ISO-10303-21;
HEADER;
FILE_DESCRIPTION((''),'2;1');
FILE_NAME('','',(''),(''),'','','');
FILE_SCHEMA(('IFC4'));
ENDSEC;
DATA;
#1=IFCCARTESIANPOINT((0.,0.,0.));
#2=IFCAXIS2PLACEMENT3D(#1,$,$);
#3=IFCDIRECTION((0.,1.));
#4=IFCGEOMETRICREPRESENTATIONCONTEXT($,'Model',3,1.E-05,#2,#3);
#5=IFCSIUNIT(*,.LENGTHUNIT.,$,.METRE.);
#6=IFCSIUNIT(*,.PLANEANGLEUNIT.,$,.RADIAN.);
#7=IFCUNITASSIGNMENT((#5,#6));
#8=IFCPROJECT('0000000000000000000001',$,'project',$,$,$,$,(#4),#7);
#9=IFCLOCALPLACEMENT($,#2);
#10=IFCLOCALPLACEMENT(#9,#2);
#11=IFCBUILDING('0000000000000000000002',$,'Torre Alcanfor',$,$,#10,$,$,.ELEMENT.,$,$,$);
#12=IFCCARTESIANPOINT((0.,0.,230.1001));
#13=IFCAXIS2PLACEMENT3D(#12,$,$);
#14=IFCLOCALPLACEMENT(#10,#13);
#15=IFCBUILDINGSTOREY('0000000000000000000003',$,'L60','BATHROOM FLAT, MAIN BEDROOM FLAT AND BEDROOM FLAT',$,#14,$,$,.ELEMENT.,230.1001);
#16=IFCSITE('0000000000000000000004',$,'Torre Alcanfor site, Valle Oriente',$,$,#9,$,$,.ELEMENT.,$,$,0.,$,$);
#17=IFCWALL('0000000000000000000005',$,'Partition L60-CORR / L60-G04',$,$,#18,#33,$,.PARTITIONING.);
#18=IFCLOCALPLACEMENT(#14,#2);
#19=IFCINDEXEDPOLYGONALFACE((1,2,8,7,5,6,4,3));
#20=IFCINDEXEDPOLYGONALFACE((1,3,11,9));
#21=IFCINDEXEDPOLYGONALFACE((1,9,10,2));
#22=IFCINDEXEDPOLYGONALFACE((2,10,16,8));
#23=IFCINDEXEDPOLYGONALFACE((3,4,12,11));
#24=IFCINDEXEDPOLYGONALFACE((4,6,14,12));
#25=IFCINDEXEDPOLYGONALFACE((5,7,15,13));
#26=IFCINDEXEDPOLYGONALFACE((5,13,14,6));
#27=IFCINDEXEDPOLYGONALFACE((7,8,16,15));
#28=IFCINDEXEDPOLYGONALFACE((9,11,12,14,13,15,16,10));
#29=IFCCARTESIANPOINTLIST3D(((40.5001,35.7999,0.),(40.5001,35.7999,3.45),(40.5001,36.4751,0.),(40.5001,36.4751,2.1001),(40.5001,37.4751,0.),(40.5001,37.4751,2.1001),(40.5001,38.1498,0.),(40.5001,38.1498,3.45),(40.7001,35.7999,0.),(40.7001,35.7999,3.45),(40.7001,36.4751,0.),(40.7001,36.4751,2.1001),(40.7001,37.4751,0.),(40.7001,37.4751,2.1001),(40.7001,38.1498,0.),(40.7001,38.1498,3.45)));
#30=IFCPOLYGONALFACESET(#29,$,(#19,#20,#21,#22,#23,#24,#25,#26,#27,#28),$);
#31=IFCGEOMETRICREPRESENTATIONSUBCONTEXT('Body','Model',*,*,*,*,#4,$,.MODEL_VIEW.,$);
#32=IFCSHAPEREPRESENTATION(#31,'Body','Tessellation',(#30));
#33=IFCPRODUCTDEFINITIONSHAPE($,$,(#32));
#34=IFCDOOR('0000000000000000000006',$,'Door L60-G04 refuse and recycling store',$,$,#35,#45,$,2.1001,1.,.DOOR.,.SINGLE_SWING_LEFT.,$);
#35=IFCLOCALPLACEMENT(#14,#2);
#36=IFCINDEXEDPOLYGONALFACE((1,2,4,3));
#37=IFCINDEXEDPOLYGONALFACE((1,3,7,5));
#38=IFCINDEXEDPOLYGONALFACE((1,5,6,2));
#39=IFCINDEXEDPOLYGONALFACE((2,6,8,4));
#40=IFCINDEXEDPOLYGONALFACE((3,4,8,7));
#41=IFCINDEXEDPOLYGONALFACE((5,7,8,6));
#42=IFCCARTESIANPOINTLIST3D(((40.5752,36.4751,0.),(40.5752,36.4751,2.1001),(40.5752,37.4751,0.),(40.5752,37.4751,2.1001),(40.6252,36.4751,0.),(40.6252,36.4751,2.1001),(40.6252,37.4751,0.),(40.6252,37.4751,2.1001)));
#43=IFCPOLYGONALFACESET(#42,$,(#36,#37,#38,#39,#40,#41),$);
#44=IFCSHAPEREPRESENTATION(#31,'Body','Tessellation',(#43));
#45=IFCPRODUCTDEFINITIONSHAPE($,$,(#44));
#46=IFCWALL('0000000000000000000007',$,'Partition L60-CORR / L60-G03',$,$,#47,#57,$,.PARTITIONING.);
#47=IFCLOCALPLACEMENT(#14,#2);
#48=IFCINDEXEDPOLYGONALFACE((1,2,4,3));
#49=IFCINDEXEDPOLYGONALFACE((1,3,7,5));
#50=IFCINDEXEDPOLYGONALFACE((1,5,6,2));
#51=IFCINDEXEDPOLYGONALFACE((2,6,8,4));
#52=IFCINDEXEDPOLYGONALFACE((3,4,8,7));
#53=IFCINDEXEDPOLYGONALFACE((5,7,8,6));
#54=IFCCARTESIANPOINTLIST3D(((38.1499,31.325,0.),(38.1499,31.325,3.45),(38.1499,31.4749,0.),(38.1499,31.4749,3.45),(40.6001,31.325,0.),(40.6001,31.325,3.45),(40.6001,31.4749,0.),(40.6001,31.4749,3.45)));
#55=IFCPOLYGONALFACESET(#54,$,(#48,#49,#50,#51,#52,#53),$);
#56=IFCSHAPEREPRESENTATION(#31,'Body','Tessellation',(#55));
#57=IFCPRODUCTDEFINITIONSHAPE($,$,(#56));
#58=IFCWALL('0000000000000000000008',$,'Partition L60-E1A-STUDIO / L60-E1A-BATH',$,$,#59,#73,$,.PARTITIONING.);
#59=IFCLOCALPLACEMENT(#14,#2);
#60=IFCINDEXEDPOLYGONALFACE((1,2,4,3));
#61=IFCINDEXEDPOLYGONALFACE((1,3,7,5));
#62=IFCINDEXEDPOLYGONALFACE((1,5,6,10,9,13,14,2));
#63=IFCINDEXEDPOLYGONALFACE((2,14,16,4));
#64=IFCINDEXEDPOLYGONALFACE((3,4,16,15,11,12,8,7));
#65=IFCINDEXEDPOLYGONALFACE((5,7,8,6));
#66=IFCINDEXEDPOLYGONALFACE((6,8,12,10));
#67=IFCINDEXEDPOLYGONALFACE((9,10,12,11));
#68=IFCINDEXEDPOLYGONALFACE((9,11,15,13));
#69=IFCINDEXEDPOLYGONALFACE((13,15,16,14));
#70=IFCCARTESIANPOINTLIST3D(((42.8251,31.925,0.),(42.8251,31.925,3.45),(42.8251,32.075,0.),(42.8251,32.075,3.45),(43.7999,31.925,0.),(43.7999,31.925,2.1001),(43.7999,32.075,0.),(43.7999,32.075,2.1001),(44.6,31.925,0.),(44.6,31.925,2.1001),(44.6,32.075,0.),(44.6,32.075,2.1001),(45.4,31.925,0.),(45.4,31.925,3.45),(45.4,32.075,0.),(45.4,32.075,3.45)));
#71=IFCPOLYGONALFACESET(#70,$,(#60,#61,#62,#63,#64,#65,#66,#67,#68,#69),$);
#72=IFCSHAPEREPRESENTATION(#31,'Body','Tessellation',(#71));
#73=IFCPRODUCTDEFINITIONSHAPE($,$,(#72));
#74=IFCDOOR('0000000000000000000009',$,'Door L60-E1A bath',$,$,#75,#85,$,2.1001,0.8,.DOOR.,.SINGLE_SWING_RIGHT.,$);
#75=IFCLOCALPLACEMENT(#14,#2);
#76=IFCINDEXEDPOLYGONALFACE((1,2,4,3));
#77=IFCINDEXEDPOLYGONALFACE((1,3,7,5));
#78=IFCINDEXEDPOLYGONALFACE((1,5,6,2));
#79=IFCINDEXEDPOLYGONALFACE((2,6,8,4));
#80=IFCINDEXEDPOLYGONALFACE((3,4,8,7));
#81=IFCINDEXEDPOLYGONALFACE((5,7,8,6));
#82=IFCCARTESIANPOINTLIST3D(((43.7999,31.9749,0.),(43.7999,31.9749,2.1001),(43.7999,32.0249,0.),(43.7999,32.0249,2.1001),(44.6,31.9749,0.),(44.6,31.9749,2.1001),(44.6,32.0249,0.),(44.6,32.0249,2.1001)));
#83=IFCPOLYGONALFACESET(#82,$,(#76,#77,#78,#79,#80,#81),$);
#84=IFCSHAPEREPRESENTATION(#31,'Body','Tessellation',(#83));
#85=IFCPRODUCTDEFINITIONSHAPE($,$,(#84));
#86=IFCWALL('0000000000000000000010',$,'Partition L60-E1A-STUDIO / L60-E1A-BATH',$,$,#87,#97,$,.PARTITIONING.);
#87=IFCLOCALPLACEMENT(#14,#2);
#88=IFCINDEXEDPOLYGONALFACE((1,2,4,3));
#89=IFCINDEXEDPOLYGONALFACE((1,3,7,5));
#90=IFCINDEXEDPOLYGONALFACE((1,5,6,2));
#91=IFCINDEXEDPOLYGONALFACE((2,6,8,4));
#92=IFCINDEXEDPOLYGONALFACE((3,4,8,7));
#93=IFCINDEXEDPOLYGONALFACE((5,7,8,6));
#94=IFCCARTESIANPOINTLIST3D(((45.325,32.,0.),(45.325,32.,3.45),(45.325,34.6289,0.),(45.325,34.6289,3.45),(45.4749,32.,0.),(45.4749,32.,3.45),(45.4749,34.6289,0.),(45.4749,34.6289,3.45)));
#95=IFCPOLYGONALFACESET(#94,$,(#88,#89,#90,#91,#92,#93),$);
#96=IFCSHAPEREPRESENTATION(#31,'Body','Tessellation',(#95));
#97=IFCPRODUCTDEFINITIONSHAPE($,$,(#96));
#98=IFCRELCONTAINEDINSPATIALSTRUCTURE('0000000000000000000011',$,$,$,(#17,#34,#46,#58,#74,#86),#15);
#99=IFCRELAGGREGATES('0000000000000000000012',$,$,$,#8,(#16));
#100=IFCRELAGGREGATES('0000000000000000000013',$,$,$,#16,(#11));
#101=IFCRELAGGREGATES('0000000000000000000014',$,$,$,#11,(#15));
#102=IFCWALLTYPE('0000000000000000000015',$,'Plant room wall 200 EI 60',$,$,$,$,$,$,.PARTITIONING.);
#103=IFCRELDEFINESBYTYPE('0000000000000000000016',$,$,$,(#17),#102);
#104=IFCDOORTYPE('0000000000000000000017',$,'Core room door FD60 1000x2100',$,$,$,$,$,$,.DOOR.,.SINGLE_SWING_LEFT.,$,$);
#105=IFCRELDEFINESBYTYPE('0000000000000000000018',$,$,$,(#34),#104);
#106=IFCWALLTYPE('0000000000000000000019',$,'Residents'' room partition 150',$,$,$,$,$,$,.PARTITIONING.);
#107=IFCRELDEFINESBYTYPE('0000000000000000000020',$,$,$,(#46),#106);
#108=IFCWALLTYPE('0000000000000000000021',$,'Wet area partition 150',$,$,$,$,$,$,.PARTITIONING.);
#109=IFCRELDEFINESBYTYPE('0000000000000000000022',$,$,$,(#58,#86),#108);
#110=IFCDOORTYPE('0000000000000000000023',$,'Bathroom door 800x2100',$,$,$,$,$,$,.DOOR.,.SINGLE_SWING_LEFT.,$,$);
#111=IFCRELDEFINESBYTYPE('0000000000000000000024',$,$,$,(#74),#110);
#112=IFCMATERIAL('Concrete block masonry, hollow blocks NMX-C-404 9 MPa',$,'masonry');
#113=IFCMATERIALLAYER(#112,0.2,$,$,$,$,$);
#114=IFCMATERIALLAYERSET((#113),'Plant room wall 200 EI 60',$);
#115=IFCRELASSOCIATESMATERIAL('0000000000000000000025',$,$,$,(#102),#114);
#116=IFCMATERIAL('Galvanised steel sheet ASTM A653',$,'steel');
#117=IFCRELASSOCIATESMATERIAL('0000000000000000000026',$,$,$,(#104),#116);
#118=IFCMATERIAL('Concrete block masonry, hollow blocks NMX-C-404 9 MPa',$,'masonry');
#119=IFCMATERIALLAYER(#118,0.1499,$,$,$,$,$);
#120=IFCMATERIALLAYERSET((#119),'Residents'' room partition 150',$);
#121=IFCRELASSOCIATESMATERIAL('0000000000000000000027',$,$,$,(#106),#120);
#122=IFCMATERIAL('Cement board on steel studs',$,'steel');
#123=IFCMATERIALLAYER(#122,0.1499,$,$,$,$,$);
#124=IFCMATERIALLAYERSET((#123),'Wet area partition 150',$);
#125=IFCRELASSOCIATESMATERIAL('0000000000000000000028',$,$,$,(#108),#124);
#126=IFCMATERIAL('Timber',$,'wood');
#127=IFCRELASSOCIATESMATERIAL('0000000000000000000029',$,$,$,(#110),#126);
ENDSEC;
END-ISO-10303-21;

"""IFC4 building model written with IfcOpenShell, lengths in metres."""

from ifc_helpers import new_model, si_unit, direction, frame, frame_2d, origin, place, context, subcontext, project, spatial, rectangle, extrude, material, layer, layer_set, type_object, element, fill, save


model = new_model("IFC4")

# Units and contexts
model_context = context("Model", 3, precision=1e-05, world=origin(), true_north=direction((0.0, 1.0)))
body_context = subcontext(model_context, "Body", "Model", "MODEL_VIEW")
ifc_project = project(units=[si_unit("LENGTHUNIT", "METRE"), si_unit("PLANEANGLEUNIT", "RADIAN")], contexts=[model_context])

# Site, building, storey
site_placement = place(None, origin())
site = spatial("IfcSite", under=ifc_project, at=site_placement, Name="Torre Alcanfor site, Valle Oriente", CompositionType="ELEMENT", RefElevation=0.0)
building_placement = place(site_placement, origin())
building = spatial("IfcBuilding", under=site, at=building_placement, Name="Torre Alcanfor", CompositionType="ELEMENT")
storey_placement = place(building_placement, frame((0.0, 0.0, 230.1001)))
storey = spatial("IfcBuildingStorey", under=building, at=storey_placement, Name="L60", Description="BATHROOM FLAT, MAIN BEDROOM FLAT AND BEDROOM FLAT", CompositionType="ELEMENT", Elevation=230.1001)

# Shared definitions
ifc_material_1 = material(Name="Concrete block masonry, hollow blocks NMX-C-404 9 MPa", Category="masonry")
ifc_layer_1 = layer(ifc_material_1, 0.2)
ifc_layer_set_1 = layer_set([ifc_layer_1], Name="Plant room wall 200 EI 60")
wall_type_1 = type_object("IfcWallType", Name="Plant room wall 200 EI 60", PredefinedType="PARTITIONING", material=ifc_layer_set_1)

# Wall, opening, door
wall_1_placement = place(storey_placement, frame((40.6001, 35.8, 0.0), z_axis=(0.0, 0.0, 1.0), x_axis=(0.0, 1.0, 0.0)))
wall_1 = element("IfcWall", 1, at=wall_1_placement, inside=storey, type_object=wall_type_1, Name="Partition L60-CORR / L60-G04", PredefinedType="PARTITIONING", context=body_context, shape_type="SweptSolid", body=[
    extrude(rectangle(XDim=2.3499, YDim=0.2, at=frame_2d((1.1748, 0.0))), origin(), (0.0, 0.0, 1.0), 3.45),
])
opening_1_placement = place(wall_1_placement, frame((0.675, 0.0, 0.0)))
opening_1 = element("IfcOpeningElement", 2, at=opening_1_placement, cuts=wall_1, PredefinedType="OPENING", context=body_context, shape_type="SweptSolid", body=[
    extrude(rectangle(XDim=1.0, YDim=2.1001, at=frame_2d((0.5, 1.05))), frame((0.0, 0.1099, 0.0), z_axis=(0.0, -1.0, 0.0), x_axis=(1.0, 0.0, 0.0)), (0.0, 0.0, 1.0), 0.22),
])
ifc_material_2 = material(Name="Galvanised steel sheet ASTM A653", Category="steel")
door_type_1 = type_object("IfcDoorType", Name="Core room door FD60 1000x2100", OperationType="SINGLE_SWING_LEFT", PredefinedType="DOOR", material=ifc_material_2)
door_1_placement = place(opening_1_placement, origin())
door_1 = element("IfcDoor", 3, at=door_1_placement, inside=storey, type_object=door_type_1, Name="Door L60-G04 refuse and recycling store", OperationType="SINGLE_SWING_LEFT", OverallHeight=2.1001, OverallWidth=1.0, PredefinedType="DOOR", context=body_context, shape_type="SweptSolid", body=[
    extrude(rectangle(XDim=1.0, YDim=2.1001, at=frame_2d((0.5, 1.05))), frame((0.0, 0.0249, 0.0), z_axis=(0.0, -1.0, 0.0), x_axis=(1.0, 0.0, 0.0)), (0.0, 0.0, 1.0), 0.05),
])
fill(opening_1, door_1)

# Wall
ifc_material_3 = material(Name="Concrete block masonry, hollow blocks NMX-C-404 9 MPa", Category="masonry")
ifc_layer_2 = layer(ifc_material_3, 0.1499)
ifc_layer_set_2 = layer_set([ifc_layer_2], Name="Residents' room partition 150")
wall_type_2 = type_object("IfcWallType", Name="Residents' room partition 150", PredefinedType="PARTITIONING", material=ifc_layer_set_2)
wall_2_placement = place(storey_placement, frame((40.6001, 31.3999, 0.0), z_axis=(0.0, 0.0, 1.0), x_axis=(-1.0, 0.0, 0.0)))
element("IfcWall", 4, at=wall_2_placement, inside=storey, type_object=wall_type_2, Name="Partition L60-CORR / L60-G03", PredefinedType="PARTITIONING", context=body_context, shape_type="SweptSolid", body=[
    extrude(rectangle(XDim=2.4502, YDim=0.1499, at=frame_2d((1.2251, 0.0))), origin(), (0.0, 0.0, 1.0), 3.45),
])

# Wall, opening, door
ifc_material_4 = material(Name="Cement board on steel studs", Category="steel")
ifc_layer_3 = layer(ifc_material_4, 0.1499)
ifc_layer_set_3 = layer_set([ifc_layer_3], Name="Wet area partition 150")
wall_type_3 = type_object("IfcWallType", Name="Wet area partition 150", PredefinedType="PARTITIONING", material=ifc_layer_set_3)
wall_3_placement = place(storey_placement, frame((42.825, 32.0, 0.0), z_axis=(0.0, 0.0, 1.0), x_axis=(1.0, 0.0, 0.0)))
wall_3 = element("IfcWall", 5, at=wall_3_placement, inside=storey, type_object=wall_type_3, Name="Partition L60-E1A-STUDIO / L60-E1A-BATH", PredefinedType="PARTITIONING", context=body_context, shape_type="SweptSolid", body=[
    extrude(rectangle(XDim=2.575, YDim=0.1499, at=frame_2d((1.2876, 0.0))), origin(), (0.0, 0.0, 1.0), 3.45),
])
opening_2_placement = place(wall_3_placement, frame((0.9751, 0.0, 0.0)))
opening_2 = element("IfcOpeningElement", 6, at=opening_2_placement, cuts=wall_3, PredefinedType="OPENING", context=body_context, shape_type="SweptSolid", body=[
    extrude(rectangle(XDim=0.8, YDim=2.1001, at=frame_2d((0.3999, 1.05))), frame((0.0, 0.085, 0.0), z_axis=(0.0, -1.0, 0.0), x_axis=(1.0, 0.0, 0.0)), (0.0, 0.0, 1.0), 0.1699),
])
ifc_material_5 = material(Name="Timber", Category="wood")
door_type_2 = type_object("IfcDoorType", Name="Bathroom door 800x2100", OperationType="SINGLE_SWING_LEFT", PredefinedType="DOOR", material=ifc_material_5)
door_2_placement = place(opening_2_placement, origin())
door_2 = element("IfcDoor", 7, at=door_2_placement, inside=storey, type_object=door_type_2, Name="Door L60-E1A bath", OperationType="SINGLE_SWING_RIGHT", OverallHeight=2.1001, OverallWidth=0.8, PredefinedType="DOOR", context=body_context, shape_type="SweptSolid", body=[
    extrude(rectangle(XDim=0.8, YDim=2.1001, at=frame_2d((0.3999, 1.05))), frame((0.0, 0.0249, 0.0), z_axis=(0.0, -1.0, 0.0), x_axis=(1.0, 0.0, 0.0)), (0.0, 0.0, 1.0), 0.05),
])
fill(opening_2, door_2)

# Wall
wall_4_placement = place(storey_placement, frame((45.3999, 32.0, 0.0), z_axis=(0.0, 0.0, 1.0), x_axis=(0.0, 1.0, 0.0)))
element("IfcWall", 8, at=wall_4_placement, inside=storey, type_object=wall_type_3, Name="Partition L60-E1A-STUDIO / L60-E1A-BATH", PredefinedType="PARTITIONING", context=body_context, shape_type="SweptSolid", body=[
    extrude(rectangle(XDim=2.6289, YDim=0.1499, at=frame_2d((1.3145, 0.0))), origin(), (0.0, 0.0, 1.0), 3.45),
])

save(model, "model.ifc")
